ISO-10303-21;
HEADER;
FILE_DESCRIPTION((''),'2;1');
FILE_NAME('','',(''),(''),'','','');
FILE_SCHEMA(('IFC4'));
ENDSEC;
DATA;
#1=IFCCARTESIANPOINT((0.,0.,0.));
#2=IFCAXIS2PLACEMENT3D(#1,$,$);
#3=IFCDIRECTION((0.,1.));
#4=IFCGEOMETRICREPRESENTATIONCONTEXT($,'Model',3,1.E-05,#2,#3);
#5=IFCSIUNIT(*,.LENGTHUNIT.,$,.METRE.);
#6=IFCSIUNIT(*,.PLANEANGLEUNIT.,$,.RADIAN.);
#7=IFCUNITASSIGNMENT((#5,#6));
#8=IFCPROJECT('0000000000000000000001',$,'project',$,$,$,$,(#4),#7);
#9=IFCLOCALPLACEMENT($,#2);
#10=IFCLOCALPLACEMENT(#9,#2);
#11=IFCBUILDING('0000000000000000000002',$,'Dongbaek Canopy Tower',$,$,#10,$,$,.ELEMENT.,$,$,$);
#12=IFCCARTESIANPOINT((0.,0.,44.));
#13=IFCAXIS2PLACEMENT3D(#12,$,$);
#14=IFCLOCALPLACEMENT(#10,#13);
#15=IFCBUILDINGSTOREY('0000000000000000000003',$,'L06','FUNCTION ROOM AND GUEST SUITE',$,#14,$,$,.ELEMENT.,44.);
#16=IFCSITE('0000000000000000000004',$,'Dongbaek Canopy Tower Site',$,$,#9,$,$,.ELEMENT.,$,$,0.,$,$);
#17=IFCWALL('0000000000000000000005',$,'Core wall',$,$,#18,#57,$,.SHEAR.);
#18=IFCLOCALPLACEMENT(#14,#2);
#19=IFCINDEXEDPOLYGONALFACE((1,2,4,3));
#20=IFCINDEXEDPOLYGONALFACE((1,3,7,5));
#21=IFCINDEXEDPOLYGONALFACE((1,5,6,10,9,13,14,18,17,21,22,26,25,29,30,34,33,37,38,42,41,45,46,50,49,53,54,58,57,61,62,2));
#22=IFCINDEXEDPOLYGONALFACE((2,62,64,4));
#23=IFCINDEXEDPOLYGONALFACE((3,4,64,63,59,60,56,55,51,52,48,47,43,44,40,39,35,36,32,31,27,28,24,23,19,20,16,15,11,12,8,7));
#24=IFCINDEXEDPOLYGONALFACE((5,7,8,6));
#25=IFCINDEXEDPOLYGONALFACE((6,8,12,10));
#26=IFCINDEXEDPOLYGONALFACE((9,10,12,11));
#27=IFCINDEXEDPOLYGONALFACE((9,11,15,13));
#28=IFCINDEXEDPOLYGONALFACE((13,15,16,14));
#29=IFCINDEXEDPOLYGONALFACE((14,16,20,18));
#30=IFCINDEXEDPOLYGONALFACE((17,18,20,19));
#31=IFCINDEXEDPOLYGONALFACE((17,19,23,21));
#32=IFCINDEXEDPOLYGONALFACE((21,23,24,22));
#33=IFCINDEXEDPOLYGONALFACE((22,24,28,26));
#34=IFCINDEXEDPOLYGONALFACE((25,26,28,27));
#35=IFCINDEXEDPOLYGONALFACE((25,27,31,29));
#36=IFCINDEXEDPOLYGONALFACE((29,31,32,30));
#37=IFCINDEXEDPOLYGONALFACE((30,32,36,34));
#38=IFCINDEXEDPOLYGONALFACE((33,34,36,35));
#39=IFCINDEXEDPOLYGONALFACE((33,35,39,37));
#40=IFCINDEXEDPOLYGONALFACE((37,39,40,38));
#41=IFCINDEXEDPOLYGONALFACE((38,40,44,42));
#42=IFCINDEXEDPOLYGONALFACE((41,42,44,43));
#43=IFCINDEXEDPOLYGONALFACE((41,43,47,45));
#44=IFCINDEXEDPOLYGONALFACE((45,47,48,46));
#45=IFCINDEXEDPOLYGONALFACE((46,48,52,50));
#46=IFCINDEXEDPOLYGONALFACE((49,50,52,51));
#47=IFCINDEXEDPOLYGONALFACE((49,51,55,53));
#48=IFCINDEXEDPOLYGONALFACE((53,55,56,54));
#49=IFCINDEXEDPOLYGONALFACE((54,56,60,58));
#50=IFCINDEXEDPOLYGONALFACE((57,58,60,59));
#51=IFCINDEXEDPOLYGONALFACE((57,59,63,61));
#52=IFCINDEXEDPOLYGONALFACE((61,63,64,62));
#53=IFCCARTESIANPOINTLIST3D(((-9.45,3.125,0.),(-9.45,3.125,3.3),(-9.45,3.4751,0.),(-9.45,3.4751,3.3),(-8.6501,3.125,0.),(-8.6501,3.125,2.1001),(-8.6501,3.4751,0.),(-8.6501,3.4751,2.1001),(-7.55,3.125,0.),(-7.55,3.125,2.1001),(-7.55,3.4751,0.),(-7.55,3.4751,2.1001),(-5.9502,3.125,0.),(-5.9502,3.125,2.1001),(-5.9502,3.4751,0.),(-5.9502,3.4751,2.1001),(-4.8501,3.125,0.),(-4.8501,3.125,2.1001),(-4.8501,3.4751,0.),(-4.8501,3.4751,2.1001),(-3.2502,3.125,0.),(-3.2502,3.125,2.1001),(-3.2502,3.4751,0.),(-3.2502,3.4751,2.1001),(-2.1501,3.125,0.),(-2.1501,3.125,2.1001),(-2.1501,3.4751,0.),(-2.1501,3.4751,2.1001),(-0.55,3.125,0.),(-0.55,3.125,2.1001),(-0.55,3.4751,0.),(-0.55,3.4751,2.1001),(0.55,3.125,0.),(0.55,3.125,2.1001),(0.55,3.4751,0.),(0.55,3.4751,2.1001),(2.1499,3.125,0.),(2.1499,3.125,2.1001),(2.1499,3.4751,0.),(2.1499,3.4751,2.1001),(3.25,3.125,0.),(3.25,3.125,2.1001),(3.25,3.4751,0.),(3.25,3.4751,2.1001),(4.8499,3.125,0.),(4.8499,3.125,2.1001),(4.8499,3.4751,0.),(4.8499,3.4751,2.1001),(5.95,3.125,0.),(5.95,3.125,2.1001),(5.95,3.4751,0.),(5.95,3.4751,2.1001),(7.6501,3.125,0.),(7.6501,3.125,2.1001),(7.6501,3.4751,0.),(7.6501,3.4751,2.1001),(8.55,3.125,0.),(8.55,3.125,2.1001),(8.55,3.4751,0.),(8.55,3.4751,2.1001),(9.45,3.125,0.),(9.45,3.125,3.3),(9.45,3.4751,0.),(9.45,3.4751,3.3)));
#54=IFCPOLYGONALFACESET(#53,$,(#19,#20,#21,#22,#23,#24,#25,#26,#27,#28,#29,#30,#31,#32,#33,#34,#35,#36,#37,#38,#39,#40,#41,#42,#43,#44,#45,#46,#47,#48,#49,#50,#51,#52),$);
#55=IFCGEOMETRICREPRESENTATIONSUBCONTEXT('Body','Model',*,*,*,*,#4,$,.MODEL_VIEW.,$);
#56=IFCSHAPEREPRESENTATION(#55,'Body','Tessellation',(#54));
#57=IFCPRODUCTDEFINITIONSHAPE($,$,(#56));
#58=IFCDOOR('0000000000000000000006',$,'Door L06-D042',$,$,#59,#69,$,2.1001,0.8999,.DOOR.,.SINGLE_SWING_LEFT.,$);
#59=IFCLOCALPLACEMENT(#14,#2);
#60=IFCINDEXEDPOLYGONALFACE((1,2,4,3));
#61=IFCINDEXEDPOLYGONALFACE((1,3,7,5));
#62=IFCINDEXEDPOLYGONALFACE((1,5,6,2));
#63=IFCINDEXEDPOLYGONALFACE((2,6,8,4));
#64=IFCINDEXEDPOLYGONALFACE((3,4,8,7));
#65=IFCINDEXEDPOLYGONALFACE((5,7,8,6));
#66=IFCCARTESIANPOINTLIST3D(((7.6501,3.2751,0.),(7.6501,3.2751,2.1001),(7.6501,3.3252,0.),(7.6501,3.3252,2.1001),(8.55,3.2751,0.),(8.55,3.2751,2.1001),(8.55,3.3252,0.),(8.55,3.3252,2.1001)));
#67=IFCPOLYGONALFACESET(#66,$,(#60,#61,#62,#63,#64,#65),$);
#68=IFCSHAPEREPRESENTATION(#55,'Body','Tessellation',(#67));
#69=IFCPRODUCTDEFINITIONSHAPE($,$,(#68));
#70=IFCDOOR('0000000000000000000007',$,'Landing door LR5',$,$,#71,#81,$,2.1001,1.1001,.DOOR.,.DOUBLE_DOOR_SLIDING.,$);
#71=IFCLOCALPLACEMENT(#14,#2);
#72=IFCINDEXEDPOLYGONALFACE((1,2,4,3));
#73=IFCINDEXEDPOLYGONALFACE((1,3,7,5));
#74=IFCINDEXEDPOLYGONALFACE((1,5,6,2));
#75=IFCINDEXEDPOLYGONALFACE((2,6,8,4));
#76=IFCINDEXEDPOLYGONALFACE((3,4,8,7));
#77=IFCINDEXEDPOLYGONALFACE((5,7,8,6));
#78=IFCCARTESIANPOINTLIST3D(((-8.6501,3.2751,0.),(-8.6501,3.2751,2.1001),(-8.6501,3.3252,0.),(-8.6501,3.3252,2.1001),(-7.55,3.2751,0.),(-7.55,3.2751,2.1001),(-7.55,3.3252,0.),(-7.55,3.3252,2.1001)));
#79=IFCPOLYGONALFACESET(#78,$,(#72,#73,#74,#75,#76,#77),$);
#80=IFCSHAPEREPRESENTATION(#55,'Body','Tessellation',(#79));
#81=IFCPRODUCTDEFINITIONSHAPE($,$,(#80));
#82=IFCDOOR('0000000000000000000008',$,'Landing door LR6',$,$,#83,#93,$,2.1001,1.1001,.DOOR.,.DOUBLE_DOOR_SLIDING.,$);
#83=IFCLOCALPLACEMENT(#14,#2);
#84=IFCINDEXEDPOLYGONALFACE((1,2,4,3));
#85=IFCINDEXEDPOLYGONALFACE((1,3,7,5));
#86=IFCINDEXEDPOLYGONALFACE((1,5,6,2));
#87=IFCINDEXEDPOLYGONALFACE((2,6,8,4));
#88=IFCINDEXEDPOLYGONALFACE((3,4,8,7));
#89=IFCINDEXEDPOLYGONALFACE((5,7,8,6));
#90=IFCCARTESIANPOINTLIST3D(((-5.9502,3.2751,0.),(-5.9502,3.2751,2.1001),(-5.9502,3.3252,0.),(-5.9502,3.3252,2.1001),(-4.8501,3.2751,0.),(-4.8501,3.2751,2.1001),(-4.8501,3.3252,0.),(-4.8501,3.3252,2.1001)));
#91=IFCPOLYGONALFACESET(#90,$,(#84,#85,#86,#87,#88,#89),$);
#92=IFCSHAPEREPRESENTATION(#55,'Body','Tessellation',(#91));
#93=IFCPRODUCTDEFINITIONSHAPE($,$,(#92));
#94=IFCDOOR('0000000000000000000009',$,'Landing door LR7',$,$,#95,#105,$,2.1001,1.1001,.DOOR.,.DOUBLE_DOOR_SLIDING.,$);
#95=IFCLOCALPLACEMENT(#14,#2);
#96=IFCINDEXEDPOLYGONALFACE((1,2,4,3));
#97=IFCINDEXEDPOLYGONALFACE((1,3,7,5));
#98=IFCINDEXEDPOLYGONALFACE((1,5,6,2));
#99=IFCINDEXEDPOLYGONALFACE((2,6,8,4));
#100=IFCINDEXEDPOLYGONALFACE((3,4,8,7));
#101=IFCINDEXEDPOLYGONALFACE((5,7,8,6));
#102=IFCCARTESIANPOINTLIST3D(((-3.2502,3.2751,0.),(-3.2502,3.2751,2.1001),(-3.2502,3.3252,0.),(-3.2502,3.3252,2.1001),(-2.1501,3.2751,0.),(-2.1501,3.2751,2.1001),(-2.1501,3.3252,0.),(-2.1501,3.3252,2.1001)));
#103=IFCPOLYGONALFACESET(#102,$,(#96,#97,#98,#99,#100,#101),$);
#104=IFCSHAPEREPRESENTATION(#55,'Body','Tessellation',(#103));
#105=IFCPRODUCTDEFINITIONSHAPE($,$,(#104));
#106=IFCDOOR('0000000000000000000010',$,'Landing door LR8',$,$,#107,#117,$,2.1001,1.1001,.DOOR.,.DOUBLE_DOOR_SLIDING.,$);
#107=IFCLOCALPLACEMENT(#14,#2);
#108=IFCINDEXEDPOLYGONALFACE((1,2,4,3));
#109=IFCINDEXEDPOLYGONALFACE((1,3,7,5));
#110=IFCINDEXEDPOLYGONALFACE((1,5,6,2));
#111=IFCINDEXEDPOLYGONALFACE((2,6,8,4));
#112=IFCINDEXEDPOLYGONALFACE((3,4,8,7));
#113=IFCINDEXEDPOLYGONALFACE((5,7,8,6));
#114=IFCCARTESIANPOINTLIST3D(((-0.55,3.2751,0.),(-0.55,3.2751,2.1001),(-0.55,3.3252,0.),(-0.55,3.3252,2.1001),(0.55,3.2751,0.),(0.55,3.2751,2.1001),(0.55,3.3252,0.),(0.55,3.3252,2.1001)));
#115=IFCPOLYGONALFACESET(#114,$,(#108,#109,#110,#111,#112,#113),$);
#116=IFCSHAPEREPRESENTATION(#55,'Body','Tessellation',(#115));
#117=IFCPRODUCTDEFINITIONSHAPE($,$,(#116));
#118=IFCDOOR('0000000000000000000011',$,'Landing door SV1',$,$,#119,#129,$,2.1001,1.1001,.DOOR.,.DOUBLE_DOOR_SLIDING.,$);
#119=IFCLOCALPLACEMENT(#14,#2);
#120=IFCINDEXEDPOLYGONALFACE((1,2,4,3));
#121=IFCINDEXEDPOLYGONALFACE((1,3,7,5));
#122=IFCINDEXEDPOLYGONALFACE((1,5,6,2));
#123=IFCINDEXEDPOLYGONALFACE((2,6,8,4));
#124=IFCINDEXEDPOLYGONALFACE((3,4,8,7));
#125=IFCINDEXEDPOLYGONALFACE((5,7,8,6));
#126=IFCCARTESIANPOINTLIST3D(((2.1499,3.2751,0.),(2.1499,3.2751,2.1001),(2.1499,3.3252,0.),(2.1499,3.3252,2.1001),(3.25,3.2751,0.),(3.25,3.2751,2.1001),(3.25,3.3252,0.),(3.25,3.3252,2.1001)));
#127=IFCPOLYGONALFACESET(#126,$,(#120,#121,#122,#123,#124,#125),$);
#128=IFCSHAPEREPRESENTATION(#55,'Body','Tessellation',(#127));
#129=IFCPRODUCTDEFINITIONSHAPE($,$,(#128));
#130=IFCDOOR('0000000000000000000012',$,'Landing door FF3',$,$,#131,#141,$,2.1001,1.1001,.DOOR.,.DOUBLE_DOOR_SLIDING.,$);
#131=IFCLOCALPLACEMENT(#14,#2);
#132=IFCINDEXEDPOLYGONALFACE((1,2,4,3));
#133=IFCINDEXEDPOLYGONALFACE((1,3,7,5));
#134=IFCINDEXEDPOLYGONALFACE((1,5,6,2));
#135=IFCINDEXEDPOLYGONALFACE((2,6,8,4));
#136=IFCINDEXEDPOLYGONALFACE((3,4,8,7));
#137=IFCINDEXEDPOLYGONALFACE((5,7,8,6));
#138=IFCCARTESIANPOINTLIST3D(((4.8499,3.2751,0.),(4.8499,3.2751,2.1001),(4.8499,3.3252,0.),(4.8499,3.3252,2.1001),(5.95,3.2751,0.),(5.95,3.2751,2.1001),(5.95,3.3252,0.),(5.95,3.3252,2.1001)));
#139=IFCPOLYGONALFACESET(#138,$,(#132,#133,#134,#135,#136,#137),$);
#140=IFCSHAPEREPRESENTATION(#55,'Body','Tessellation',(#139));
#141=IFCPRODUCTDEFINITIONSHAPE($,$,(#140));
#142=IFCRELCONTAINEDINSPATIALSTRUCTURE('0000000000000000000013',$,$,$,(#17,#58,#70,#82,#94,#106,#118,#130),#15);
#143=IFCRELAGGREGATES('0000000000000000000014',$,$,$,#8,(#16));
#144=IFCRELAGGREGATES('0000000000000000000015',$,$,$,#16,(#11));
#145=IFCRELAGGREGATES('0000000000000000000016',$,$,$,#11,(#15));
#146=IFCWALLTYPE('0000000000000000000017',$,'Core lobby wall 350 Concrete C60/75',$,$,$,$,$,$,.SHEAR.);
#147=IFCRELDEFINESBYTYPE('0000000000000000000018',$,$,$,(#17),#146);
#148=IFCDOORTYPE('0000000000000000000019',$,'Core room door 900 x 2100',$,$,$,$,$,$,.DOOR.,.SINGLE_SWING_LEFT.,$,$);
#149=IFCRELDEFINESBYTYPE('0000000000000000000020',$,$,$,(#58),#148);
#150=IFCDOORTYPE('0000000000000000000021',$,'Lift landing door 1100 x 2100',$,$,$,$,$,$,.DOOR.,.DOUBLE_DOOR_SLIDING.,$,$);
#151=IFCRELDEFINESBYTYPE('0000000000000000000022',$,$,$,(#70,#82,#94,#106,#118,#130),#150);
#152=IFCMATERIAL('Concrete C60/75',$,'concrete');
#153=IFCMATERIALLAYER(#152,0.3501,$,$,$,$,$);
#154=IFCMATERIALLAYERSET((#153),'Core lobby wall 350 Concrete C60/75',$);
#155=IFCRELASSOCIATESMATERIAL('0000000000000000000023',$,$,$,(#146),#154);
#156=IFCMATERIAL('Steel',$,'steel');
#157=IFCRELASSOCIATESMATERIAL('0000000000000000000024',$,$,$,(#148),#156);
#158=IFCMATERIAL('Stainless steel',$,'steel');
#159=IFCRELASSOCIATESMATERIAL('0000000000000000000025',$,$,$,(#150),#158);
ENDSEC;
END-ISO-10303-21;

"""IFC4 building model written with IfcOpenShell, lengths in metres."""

from ifc_helpers import new_model, si_unit, direction, frame, frame_2d, origin, place, context, subcontext, project, spatial, rectangle, extrude, material, layer, layer_set, type_object, element, fill, save


model = new_model("IFC4")

# Units and contexts
model_context = context("Model", 3, precision=1e-05, world=origin(), true_north=direction((0.0, 1.0)))
body_context = subcontext(model_context, "Body", "Model", "MODEL_VIEW")
ifc_project = project(units=[si_unit("LENGTHUNIT", "METRE"), si_unit("PLANEANGLEUNIT", "RADIAN")], contexts=[model_context])

# Site, building, storey
site_placement = place(None, origin())
site = spatial("IfcSite", under=ifc_project, at=site_placement, Name="Dongbaek Canopy Tower Site", CompositionType="ELEMENT", RefElevation=0.0)
building_placement = place(site_placement, origin())
building = spatial("IfcBuilding", under=site, at=building_placement, Name="Dongbaek Canopy Tower", CompositionType="ELEMENT")
storey_placement = place(building_placement, frame((0.0, 0.0, 44.0)))
storey = spatial("IfcBuildingStorey", under=building, at=storey_placement, Name="L06", Description="FUNCTION ROOM AND GUEST SUITE", CompositionType="ELEMENT", Elevation=44.0)

# Wall, openings, doors
ifc_material_1 = material(Name="Concrete C60/75", Category="concrete")
ifc_layer_1 = layer(ifc_material_1, 0.3501)
ifc_layer_set_1 = layer_set([ifc_layer_1], Name="Core lobby wall 350 Concrete C60/75")
wall_type_1 = type_object("IfcWallType", Name="Core lobby wall 350 Concrete C60/75", PredefinedType="SHEAR", material=ifc_layer_set_1)
wall_1_placement = place(storey_placement, frame((9.45, 3.3, 0.0), z_axis=(0.0, 0.0, 1.0), x_axis=(-1.0, 0.0, 0.0)))
wall_1 = element("IfcWall", 1, at=wall_1_placement, inside=storey, type_object=wall_type_1, Name="Core wall", PredefinedType="SHEAR", context=body_context, shape_type="SweptSolid", body=[
    extrude(rectangle(XDim=18.8999, YDim=0.3501, at=frame_2d((9.45, 0.0))), origin(), (0.0, 0.0, 1.0), 3.3),
])
opening_1_placement = place(wall_1_placement, frame((17.0, 0.0, 0.0)))
opening_1 = element("IfcOpeningElement", 2, at=opening_1_placement, cuts=wall_1, PredefinedType="OPENING", context=body_context, shape_type="SweptSolid", body=[
    extrude(rectangle(XDim=1.1001, YDim=2.1001, at=frame_2d((0.55, 1.05))), frame((0.0, 0.1851, 0.0), z_axis=(0.0, -1.0, 0.0), x_axis=(1.0, 0.0, 0.0)), (0.0, 0.0, 1.0), 0.3701),
])
opening_2_placement = place(wall_1_placement, frame((14.3, 0.0, 0.0)))
opening_2 = element("IfcOpeningElement", 3, at=opening_2_placement, cuts=wall_1, PredefinedType="OPENING", context=body_context, shape_type="SweptSolid", body=[
    extrude(rectangle(XDim=1.1001, YDim=2.1001, at=frame_2d((0.55, 1.05))), frame((0.0, 0.1851, 0.0), z_axis=(0.0, -1.0, 0.0), x_axis=(1.0, 0.0, 0.0)), (0.0, 0.0, 1.0), 0.3701),
])
opening_3_placement = place(wall_1_placement, frame((11.6001, 0.0, 0.0)))
opening_3 = element("IfcOpeningElement", 4, at=opening_3_placement, cuts=wall_1, PredefinedType="OPENING", context=body_context, shape_type="SweptSolid", body=[
    extrude(rectangle(XDim=1.1001, YDim=2.1001, at=frame_2d((0.55, 1.05))), frame((0.0, 0.1851, 0.0), z_axis=(0.0, -1.0, 0.0), x_axis=(1.0, 0.0, 0.0)), (0.0, 0.0, 1.0), 0.3701),
])
opening_4_placement = place(wall_1_placement, frame((8.8999, 0.0, 0.0)))
opening_4 = element("IfcOpeningElement", 5, at=opening_4_placement, cuts=wall_1, PredefinedType="OPENING", context=body_context, shape_type="SweptSolid", body=[
    extrude(rectangle(XDim=1.1001, YDim=2.1001, at=frame_2d((0.55, 1.05))), frame((0.0, 0.1851, 0.0), z_axis=(0.0, -1.0, 0.0), x_axis=(1.0, 0.0, 0.0)), (0.0, 0.0, 1.0), 0.3701),
])
opening_5_placement = place(wall_1_placement, frame((6.2, 0.0, 0.0)))
opening_5 = element("IfcOpeningElement", 6, at=opening_5_placement, cuts=wall_1, PredefinedType="OPENING", context=body_context, shape_type="SweptSolid", body=[
    extrude(rectangle(XDim=1.1001, YDim=2.1001, at=frame_2d((0.55, 1.05))), frame((0.0, 0.1851, 0.0), z_axis=(0.0, -1.0, 0.0), x_axis=(1.0, 0.0, 0.0)), (0.0, 0.0, 1.0), 0.3701),
])
opening_6_placement = place(wall_1_placement, frame((3.5, 0.0, 0.0)))
opening_6 = element("IfcOpeningElement", 7, at=opening_6_placement, cuts=wall_1, PredefinedType="OPENING", context=body_context, shape_type="SweptSolid", body=[
    extrude(rectangle(XDim=1.1001, YDim=2.1001, at=frame_2d((0.55, 1.05))), frame((0.0, 0.1851, 0.0), z_axis=(0.0, -1.0, 0.0), x_axis=(1.0, 0.0, 0.0)), (0.0, 0.0, 1.0), 0.3701),
])
opening_7_placement = place(wall_1_placement, frame((0.8999, 0.0, 0.0)))
opening_7 = element("IfcOpeningElement", 8, at=opening_7_placement, cuts=wall_1, PredefinedType="OPENING", context=body_context, shape_type="SweptSolid", body=[
    extrude(rectangle(XDim=0.8999, YDim=2.1001, at=frame_2d((0.45, 1.05))), frame((0.0, 0.1851, 0.0), z_axis=(0.0, -1.0, 0.0), x_axis=(1.0, 0.0, 0.0)), (0.0, 0.0, 1.0), 0.3701),
])
ifc_material_2 = material(Name="Steel", Category="steel")
door_type_1 = type_object("IfcDoorType", Name="Core room door 900 x 2100", OperationType="SINGLE_SWING_LEFT", PredefinedType="DOOR", material=ifc_material_2)
door_1_placement = place(opening_7_placement, origin())
door_1 = element("IfcDoor", 9, at=door_1_placement, inside=storey, type_object=door_type_1, Name="Door L06-D042", OperationType="SINGLE_SWING_LEFT", OverallHeight=2.1001, OverallWidth=0.8999, PredefinedType="DOOR", context=body_context, shape_type="SweptSolid", body=[
    extrude(rectangle(XDim=0.8999, YDim=2.1001, at=frame_2d((0.45, 1.05))), frame((0.0, 0.0249, 0.0), z_axis=(0.0, -1.0, 0.0), x_axis=(1.0, 0.0, 0.0)), (0.0, 0.0, 1.0), 0.05),
])
fill(opening_7, door_1)
ifc_material_3 = material(Name="Stainless steel", Category="steel")
door_type_2 = type_object("IfcDoorType", Name="Lift landing door 1100 x 2100", OperationType="DOUBLE_DOOR_SLIDING", PredefinedType="DOOR", material=ifc_material_3)
door_2_placement = place(opening_1_placement, origin())
door_2 = element("IfcDoor", 10, at=door_2_placement, inside=storey, type_object=door_type_2, Name="Landing door LR5", OperationType="DOUBLE_DOOR_SLIDING", OverallHeight=2.1001, OverallWidth=1.1001, PredefinedType="DOOR", context=body_context, shape_type="SweptSolid", body=[
    extrude(rectangle(XDim=1.1001, YDim=2.1001, at=frame_2d((0.55, 1.05))), frame((0.0, 0.0249, 0.0), z_axis=(0.0, -1.0, 0.0), x_axis=(1.0, 0.0, 0.0)), (0.0, 0.0, 1.0), 0.05),
])
fill(opening_1, door_2)
door_3_placement = place(opening_2_placement, origin())
door_3 = element("IfcDoor", 11, at=door_3_placement, inside=storey, type_object=door_type_2, Name="Landing door LR6", OperationType="DOUBLE_DOOR_SLIDING", OverallHeight=2.1001, OverallWidth=1.1001, PredefinedType="DOOR", context=body_context, shape_type="SweptSolid", body=[
    extrude(rectangle(XDim=1.1001, YDim=2.1001, at=frame_2d((0.55, 1.05))), frame((0.0, 0.0249, 0.0), z_axis=(0.0, -1.0, 0.0), x_axis=(1.0, 0.0, 0.0)), (0.0, 0.0, 1.0), 0.05),
])
fill(opening_2, door_3)
door_4_placement = place(opening_3_placement, origin())
door_4 = element("IfcDoor", 12, at=door_4_placement, inside=storey, type_object=door_type_2, Name="Landing door LR7", OperationType="DOUBLE_DOOR_SLIDING", OverallHeight=2.1001, OverallWidth=1.1001, PredefinedType="DOOR", context=body_context, shape_type="SweptSolid", body=[
    extrude(rectangle(XDim=1.1001, YDim=2.1001, at=frame_2d((0.55, 1.05))), frame((0.0, 0.0249, 0.0), z_axis=(0.0, -1.0, 0.0), x_axis=(1.0, 0.0, 0.0)), (0.0, 0.0, 1.0), 0.05),
])
fill(opening_3, door_4)
door_5_placement = place(opening_4_placement, origin())
door_5 = element("IfcDoor", 13, at=door_5_placement, inside=storey, type_object=door_type_2, Name="Landing door LR8", OperationType="DOUBLE_DOOR_SLIDING", OverallHeight=2.1001, OverallWidth=1.1001, PredefinedType="DOOR", context=body_context, shape_type="SweptSolid", body=[
    extrude(rectangle(XDim=1.1001, YDim=2.1001, at=frame_2d((0.55, 1.05))), frame((0.0, 0.0249, 0.0), z_axis=(0.0, -1.0, 0.0), x_axis=(1.0, 0.0, 0.0)), (0.0, 0.0, 1.0), 0.05),
])
fill(opening_4, door_5)
door_6_placement = place(opening_5_placement, origin())
door_6 = element("IfcDoor", 14, at=door_6_placement, inside=storey, type_object=door_type_2, Name="Landing door SV1", OperationType="DOUBLE_DOOR_SLIDING", OverallHeight=2.1001, OverallWidth=1.1001, PredefinedType="DOOR", context=body_context, shape_type="SweptSolid", body=[
    extrude(rectangle(XDim=1.1001, YDim=2.1001, at=frame_2d((0.55, 1.05))), frame((0.0, 0.0249, 0.0), z_axis=(0.0, -1.0, 0.0), x_axis=(1.0, 0.0, 0.0)), (0.0, 0.0, 1.0), 0.05),
])
fill(opening_5, door_6)
door_7_placement = place(opening_6_placement, origin())
door_7 = element("IfcDoor", 15, at=door_7_placement, inside=storey, type_object=door_type_2, Name="Landing door FF3", OperationType="DOUBLE_DOOR_SLIDING", OverallHeight=2.1001, OverallWidth=1.1001, PredefinedType="DOOR", context=body_context, shape_type="SweptSolid", body=[
    extrude(rectangle(XDim=1.1001, YDim=2.1001, at=frame_2d((0.55, 1.05))), frame((0.0, 0.0249, 0.0), z_axis=(0.0, -1.0, 0.0), x_axis=(1.0, 0.0, 0.0)), (0.0, 0.0, 1.0), 0.05),
])
fill(opening_6, door_7)

save(model, "model.ifc")
